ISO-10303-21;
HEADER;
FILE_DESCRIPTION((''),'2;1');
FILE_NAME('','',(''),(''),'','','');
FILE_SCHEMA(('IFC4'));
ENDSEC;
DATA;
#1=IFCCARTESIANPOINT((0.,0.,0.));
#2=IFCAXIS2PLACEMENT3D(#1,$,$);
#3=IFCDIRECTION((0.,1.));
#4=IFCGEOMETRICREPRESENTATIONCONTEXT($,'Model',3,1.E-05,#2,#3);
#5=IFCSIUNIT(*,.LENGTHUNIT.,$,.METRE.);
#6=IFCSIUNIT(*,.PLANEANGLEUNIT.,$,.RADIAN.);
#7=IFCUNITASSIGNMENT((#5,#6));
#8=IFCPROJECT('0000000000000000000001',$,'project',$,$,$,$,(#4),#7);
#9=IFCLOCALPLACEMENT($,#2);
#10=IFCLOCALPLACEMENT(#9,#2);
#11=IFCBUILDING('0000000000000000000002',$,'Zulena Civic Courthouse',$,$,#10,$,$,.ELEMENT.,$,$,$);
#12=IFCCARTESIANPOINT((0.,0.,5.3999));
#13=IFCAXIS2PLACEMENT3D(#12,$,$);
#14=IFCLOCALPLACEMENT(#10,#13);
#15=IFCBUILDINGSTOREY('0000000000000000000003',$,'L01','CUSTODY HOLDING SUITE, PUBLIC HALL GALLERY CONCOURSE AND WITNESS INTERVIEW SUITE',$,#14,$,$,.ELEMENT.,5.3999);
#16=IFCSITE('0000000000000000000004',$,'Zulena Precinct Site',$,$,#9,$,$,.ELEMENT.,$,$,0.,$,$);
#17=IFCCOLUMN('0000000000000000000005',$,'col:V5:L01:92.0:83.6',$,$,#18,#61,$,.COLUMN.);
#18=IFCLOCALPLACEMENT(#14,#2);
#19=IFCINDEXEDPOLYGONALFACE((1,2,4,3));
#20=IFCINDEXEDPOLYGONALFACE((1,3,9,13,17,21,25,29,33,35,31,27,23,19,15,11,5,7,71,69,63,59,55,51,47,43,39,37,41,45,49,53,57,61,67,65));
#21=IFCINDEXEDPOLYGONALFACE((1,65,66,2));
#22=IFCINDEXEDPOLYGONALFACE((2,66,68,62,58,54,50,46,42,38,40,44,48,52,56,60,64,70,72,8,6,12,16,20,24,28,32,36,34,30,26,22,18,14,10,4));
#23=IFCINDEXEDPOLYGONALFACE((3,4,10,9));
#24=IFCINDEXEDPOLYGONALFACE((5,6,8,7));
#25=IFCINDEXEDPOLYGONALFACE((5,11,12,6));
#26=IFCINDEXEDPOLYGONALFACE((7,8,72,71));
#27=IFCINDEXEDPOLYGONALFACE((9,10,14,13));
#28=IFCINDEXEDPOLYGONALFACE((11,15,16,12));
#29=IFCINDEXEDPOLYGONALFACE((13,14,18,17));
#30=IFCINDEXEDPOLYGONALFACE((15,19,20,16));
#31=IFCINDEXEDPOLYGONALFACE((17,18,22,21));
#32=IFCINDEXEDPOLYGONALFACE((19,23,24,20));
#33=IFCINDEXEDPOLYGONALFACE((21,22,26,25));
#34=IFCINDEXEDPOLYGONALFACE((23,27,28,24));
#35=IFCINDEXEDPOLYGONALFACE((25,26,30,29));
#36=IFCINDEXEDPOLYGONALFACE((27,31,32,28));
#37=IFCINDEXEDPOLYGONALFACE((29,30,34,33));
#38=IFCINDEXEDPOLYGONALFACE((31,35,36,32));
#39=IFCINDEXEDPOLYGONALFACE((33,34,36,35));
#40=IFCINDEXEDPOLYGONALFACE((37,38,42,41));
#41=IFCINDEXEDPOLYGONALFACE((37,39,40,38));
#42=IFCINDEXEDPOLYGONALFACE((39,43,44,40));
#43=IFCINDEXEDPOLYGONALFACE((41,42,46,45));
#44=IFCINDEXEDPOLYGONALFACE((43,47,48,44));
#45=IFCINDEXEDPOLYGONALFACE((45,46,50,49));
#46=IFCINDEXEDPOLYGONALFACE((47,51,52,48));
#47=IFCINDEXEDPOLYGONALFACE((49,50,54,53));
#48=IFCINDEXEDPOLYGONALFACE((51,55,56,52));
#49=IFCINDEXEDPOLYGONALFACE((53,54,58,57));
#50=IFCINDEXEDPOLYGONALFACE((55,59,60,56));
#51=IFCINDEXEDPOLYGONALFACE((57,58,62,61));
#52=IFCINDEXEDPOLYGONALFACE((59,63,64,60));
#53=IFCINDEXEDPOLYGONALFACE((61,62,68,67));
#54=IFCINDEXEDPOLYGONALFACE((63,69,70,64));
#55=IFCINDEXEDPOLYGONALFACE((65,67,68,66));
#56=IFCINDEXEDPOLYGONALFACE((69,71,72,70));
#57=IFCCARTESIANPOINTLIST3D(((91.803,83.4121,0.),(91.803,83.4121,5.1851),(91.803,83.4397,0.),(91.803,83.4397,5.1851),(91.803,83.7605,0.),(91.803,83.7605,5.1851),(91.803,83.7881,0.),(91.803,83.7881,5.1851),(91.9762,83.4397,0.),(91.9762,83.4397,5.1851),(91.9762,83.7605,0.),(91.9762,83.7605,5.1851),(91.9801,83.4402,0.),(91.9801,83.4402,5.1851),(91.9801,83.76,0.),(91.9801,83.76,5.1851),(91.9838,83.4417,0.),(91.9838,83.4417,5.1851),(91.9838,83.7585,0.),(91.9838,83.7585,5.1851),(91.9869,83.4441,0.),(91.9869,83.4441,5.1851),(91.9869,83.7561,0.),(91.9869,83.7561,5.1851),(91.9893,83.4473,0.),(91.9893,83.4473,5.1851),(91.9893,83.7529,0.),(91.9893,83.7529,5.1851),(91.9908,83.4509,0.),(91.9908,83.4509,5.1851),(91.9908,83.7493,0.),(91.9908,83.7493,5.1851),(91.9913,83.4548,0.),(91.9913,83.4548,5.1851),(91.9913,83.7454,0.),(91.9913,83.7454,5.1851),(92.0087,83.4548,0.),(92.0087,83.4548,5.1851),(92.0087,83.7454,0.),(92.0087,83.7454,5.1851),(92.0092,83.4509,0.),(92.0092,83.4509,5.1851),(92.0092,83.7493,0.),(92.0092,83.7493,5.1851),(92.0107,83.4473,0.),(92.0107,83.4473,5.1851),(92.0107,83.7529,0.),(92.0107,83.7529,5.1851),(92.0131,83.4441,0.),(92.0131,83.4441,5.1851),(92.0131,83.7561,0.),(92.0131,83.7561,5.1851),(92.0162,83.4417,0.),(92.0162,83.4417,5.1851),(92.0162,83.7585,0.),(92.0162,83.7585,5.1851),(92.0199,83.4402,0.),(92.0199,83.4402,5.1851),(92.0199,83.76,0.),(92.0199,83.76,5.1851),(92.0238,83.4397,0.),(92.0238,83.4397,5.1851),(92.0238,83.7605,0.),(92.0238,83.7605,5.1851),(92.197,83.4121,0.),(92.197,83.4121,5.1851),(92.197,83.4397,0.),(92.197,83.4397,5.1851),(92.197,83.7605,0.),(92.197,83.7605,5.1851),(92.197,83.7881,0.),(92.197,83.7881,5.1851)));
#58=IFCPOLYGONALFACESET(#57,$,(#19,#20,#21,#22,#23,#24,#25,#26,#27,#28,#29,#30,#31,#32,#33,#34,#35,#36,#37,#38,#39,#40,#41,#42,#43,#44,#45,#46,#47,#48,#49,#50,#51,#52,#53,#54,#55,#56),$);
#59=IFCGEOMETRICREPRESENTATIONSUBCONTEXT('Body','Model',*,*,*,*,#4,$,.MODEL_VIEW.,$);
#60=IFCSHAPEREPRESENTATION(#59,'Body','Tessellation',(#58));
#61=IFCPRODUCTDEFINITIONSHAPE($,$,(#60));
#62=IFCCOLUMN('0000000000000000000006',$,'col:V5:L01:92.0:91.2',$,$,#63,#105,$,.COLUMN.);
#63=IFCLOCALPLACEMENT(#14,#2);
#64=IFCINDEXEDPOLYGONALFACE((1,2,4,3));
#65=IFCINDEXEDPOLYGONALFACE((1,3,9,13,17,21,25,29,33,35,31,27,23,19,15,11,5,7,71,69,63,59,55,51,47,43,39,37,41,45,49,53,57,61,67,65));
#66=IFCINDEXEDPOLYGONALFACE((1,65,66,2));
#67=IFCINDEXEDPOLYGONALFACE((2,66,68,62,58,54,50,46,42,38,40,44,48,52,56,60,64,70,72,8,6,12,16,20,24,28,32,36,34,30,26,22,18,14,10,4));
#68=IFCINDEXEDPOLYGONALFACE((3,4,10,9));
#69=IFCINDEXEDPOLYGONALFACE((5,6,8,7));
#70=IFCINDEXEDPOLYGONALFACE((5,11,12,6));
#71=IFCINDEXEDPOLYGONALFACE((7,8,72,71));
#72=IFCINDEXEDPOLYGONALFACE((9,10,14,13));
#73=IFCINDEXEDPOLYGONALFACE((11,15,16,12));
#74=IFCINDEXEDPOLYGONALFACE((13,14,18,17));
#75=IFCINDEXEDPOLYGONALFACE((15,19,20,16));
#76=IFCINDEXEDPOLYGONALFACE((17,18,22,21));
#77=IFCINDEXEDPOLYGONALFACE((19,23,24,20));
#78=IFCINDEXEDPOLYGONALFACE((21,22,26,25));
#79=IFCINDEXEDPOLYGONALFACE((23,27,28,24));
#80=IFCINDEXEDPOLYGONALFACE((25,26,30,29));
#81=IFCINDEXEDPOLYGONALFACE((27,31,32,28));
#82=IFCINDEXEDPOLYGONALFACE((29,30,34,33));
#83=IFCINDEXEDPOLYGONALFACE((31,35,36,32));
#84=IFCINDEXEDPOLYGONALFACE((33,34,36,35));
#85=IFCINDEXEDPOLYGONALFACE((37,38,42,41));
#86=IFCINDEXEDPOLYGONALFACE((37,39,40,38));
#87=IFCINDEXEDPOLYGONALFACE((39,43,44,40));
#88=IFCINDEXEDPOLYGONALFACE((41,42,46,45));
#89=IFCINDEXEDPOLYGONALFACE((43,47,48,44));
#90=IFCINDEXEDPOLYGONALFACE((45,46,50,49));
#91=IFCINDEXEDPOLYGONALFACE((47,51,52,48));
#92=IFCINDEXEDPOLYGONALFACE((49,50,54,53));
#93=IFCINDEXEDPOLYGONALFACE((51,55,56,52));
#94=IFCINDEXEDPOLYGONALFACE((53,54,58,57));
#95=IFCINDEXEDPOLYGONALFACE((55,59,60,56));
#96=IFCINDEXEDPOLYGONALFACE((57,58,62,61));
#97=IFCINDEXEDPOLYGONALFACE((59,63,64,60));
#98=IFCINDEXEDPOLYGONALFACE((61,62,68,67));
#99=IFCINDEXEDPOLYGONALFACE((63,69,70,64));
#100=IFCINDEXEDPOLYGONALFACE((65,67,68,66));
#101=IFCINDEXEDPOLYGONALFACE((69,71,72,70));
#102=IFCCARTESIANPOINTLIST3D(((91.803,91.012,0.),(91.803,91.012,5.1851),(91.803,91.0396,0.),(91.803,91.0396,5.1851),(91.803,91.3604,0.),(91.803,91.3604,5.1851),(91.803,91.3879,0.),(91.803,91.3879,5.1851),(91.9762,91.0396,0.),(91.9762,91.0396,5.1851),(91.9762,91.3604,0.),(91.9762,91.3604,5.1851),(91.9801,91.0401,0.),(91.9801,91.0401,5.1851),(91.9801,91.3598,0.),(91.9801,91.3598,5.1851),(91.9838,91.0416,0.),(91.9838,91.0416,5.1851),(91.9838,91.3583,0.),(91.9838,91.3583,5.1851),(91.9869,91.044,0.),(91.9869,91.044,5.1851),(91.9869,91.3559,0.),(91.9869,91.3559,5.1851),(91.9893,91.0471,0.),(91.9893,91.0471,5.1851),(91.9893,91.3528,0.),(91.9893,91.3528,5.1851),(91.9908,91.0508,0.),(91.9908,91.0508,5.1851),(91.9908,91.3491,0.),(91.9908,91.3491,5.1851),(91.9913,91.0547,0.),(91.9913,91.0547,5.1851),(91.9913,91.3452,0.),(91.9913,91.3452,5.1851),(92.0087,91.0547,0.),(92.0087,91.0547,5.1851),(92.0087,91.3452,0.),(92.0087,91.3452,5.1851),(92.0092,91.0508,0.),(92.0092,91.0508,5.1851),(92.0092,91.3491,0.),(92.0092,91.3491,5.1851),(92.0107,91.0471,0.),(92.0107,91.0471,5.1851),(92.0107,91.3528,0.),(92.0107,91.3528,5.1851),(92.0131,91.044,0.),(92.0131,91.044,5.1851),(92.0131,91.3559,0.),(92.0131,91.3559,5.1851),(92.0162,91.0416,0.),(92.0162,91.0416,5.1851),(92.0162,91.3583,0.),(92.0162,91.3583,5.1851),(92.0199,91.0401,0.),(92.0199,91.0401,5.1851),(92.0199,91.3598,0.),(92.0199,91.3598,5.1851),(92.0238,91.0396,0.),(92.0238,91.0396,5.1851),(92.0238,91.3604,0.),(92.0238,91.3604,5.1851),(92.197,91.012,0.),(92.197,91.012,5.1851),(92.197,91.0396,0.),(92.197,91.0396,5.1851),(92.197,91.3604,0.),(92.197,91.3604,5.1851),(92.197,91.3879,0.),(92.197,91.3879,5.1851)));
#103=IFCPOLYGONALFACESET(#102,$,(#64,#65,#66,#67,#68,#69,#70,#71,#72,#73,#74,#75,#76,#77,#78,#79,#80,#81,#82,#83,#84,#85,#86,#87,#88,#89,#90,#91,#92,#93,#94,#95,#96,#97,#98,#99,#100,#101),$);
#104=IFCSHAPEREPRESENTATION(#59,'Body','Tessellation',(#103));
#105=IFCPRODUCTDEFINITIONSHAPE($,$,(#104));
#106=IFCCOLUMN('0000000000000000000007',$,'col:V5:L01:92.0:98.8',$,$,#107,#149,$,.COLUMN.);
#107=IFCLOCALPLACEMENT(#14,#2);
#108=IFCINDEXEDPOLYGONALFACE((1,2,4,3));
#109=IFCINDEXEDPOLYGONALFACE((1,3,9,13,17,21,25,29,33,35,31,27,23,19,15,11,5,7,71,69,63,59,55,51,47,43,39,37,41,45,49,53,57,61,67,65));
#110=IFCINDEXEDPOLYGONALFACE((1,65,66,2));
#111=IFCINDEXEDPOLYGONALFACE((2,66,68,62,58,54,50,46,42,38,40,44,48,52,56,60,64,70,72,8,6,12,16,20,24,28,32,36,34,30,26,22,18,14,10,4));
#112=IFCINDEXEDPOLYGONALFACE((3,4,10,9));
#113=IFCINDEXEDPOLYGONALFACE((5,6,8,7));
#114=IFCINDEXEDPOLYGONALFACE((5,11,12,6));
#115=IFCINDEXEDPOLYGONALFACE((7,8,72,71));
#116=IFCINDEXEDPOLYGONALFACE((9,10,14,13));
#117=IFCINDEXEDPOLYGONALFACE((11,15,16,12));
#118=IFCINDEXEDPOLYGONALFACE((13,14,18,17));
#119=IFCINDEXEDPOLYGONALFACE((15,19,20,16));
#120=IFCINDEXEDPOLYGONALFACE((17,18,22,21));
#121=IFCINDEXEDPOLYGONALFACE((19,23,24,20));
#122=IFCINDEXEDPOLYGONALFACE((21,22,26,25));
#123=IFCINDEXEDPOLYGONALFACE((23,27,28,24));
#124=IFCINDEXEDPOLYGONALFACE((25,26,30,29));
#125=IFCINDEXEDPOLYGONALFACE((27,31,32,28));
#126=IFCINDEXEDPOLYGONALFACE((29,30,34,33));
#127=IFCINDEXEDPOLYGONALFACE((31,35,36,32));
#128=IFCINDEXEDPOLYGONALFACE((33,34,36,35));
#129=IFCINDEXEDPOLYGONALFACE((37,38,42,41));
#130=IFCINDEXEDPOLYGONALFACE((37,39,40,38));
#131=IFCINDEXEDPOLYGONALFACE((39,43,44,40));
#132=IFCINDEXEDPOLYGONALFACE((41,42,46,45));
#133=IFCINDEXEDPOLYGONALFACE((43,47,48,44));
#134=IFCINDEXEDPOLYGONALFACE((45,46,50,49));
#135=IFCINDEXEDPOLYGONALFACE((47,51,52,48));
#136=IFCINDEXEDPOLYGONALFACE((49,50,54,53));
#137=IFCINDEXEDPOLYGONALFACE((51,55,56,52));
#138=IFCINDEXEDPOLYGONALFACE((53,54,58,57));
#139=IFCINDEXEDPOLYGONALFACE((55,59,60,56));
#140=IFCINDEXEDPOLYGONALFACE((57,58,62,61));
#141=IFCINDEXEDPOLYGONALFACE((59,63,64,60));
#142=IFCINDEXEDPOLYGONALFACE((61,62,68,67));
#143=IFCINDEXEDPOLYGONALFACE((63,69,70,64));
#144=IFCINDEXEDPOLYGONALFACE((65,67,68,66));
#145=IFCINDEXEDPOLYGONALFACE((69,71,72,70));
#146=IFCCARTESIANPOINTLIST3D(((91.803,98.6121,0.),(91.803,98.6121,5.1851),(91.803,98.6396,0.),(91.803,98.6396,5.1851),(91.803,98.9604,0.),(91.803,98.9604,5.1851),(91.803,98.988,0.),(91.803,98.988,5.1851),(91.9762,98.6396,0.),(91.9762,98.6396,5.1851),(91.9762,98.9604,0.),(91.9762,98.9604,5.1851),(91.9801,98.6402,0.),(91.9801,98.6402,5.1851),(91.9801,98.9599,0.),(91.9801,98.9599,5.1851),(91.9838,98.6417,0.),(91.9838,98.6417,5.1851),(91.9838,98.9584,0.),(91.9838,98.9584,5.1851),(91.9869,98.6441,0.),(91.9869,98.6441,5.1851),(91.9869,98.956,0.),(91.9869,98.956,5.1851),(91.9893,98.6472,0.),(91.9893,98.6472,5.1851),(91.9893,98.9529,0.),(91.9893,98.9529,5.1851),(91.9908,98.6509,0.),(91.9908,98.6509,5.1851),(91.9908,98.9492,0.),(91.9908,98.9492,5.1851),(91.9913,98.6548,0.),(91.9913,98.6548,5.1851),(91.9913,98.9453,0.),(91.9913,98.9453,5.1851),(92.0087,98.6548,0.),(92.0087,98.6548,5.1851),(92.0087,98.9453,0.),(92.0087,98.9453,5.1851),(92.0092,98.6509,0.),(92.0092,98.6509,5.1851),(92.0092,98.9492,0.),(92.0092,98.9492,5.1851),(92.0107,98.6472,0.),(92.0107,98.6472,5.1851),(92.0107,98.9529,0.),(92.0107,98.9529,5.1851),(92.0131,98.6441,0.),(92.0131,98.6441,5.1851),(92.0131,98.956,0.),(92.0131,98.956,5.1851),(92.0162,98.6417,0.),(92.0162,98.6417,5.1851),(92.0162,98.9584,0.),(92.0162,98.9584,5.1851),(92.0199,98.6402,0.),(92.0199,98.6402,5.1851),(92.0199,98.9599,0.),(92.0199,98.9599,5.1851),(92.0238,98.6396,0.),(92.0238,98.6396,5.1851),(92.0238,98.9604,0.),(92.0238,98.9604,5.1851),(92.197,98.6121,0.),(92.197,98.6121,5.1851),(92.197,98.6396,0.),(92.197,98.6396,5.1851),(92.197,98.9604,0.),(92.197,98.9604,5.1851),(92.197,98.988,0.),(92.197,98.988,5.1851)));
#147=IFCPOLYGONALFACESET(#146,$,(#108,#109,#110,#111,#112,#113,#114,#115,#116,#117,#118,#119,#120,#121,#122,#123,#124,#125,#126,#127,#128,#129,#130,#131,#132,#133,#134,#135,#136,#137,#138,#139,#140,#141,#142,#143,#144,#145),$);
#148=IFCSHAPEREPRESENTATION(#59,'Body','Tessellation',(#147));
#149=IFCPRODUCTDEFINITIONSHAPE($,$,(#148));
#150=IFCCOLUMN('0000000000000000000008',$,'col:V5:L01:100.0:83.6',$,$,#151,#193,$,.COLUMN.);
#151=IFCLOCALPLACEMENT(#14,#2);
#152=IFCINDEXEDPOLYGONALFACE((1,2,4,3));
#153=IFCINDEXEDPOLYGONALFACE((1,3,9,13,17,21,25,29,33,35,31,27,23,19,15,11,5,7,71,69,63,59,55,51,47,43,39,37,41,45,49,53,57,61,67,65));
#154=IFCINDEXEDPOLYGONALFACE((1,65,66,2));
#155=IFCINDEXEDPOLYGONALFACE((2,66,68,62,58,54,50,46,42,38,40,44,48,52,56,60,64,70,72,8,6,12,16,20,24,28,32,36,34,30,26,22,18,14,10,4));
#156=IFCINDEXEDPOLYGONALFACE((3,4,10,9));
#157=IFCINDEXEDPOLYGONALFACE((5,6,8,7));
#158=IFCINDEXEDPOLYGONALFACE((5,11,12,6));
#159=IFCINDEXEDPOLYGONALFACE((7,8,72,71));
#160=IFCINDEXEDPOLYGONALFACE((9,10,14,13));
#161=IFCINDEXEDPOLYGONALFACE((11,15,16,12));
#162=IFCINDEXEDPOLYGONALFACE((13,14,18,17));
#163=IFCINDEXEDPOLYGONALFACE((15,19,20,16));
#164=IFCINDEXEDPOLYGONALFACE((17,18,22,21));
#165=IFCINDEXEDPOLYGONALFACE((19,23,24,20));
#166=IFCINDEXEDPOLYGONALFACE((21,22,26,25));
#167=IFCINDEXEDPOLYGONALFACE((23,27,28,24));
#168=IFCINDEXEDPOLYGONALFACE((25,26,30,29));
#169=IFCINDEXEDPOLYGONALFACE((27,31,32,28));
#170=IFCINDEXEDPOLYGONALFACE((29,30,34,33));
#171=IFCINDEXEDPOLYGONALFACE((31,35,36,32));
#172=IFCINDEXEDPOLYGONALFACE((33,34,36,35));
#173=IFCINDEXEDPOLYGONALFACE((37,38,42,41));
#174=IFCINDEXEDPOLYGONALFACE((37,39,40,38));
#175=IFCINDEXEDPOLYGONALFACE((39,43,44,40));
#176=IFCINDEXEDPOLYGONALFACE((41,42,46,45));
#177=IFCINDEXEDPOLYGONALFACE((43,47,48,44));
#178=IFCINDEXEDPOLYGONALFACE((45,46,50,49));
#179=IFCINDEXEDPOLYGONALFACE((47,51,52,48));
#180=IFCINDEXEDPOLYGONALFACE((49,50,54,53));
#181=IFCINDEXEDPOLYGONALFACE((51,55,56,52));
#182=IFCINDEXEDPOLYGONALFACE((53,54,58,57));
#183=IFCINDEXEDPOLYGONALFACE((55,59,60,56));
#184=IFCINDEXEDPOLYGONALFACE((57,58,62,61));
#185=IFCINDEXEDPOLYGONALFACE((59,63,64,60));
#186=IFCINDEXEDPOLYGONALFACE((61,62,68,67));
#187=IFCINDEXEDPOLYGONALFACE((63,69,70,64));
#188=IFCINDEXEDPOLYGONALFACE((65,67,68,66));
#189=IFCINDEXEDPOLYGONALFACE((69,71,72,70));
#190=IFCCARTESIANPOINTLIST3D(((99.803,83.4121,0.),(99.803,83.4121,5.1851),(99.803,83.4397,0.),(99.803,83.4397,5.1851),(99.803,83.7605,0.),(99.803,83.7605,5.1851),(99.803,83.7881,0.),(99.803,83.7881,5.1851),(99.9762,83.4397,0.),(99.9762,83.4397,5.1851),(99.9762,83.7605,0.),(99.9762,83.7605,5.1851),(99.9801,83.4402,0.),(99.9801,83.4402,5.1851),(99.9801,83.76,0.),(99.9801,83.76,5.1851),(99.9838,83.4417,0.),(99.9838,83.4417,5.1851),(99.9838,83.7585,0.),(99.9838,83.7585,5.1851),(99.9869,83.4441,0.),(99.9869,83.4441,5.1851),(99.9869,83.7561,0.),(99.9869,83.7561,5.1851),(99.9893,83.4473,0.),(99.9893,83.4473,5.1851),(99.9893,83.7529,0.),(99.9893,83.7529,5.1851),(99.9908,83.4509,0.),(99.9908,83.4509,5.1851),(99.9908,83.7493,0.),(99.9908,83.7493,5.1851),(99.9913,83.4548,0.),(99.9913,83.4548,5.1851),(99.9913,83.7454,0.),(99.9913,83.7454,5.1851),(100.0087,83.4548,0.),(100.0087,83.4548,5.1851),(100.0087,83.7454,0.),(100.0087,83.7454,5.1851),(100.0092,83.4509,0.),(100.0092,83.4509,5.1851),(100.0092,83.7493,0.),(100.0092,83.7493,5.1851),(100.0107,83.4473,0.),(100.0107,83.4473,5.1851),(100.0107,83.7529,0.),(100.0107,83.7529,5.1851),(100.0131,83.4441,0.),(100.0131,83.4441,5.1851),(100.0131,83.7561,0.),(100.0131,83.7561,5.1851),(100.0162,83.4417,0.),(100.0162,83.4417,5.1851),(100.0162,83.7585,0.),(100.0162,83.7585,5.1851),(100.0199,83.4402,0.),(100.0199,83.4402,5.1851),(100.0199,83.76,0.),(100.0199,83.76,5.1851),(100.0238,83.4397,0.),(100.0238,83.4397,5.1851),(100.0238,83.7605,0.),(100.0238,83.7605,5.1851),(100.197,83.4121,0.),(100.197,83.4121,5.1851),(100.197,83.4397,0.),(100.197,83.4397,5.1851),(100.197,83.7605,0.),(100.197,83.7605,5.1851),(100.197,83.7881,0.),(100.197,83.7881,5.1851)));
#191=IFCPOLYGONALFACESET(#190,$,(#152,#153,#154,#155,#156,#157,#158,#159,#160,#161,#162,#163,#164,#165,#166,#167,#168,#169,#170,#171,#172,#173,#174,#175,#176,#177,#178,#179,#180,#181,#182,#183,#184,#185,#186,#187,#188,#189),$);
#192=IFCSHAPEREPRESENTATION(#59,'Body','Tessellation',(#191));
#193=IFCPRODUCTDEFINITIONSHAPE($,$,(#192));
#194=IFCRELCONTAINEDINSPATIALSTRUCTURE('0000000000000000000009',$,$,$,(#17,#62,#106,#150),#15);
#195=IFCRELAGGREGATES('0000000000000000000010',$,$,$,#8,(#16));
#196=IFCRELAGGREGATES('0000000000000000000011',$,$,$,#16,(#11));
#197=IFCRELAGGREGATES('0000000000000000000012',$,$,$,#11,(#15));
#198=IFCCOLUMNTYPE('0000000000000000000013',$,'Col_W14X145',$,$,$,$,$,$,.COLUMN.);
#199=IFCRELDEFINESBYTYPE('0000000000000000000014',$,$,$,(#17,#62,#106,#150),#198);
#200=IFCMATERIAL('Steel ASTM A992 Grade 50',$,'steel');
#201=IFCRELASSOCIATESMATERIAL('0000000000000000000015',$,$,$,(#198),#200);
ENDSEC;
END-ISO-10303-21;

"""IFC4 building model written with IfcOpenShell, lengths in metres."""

from ifc_helpers import new_model, si_unit, direction, frame, origin, origin_2d, place, context, subcontext, project, spatial, i_section, extrude, material, material_profile, profile_set, type_object, element, save


model = new_model("IFC4")

# Units and contexts
model_context = context("Model", 3, precision=1e-05, world=origin(), true_north=direction((0.0, 1.0)))
body_context = subcontext(model_context, "Body", "Model", "MODEL_VIEW")
ifc_project = project(units=[si_unit("LENGTHUNIT", "METRE"), si_unit("PLANEANGLEUNIT", "RADIAN")], contexts=[model_context])

# Site, building, storey
site_placement = place(None, origin())
site = spatial("IfcSite", under=ifc_project, at=site_placement, Name="Zulena Precinct Site", CompositionType="ELEMENT", RefElevation=0.0)
building_placement = place(site_placement, origin())
building = spatial("IfcBuilding", under=site, at=building_placement, Name="Zulena Civic Courthouse", CompositionType="ELEMENT")
storey_placement = place(building_placement, frame((0.0, 0.0, 5.3999)))
storey = spatial("IfcBuildingStorey", under=building, at=storey_placement, Name="L01", Description="CUSTODY HOLDING SUITE, PUBLIC HALL GALLERY CONCOURSE AND WITNESS INTERVIEW SUITE", CompositionType="ELEMENT", Elevation=5.3999)

# Columns
ifc_material_1 = material(Name="Steel ASTM A992 Grade 50", Category="steel")
ifc_material_profile_1 = material_profile(ifc_material_1, i_section(OverallWidth=0.394, OverallDepth=0.376, WebThickness=0.0173, FlangeThickness=0.0276, FilletRadius=0.0151, at=origin_2d()), Name="W14X145")
ifc_profile_set_1 = profile_set([ifc_material_profile_1], Name="Steel ASTM A992 Grade 50")
column_type_1 = type_object("IfcColumnType", Name="Col_W14X145", PredefinedType="COLUMN", material=ifc_profile_set_1)
for number, where, z_axis, x_axis, name in (
    (1, (92.0, 83.6001, 0.0), (0.0, 0.0, 1.0), (1.0, 0.0, 0.0), "col:V5:L01:92.0:83.6"),
    (2, (92.0, 91.2, 0.0), (0.0, 0.0, 1.0), (1.0, 0.0, 0.0), "col:V5:L01:92.0:91.2"),
    (3, (92.0, 98.8, 0.0), (0.0, 0.0, 1.0), (1.0, 0.0, 0.0), "col:V5:L01:92.0:98.8"),
    (4, (100.0, 83.6001, 0.0), (0.0, 0.0, 1.0), (1.0, 0.0, 0.0), "col:V5:L01:100.0:83.6"),
):
    element("IfcColumn", number, at=place(storey_placement, frame(where, z_axis=z_axis, x_axis=x_axis)), inside=storey, type_object=column_type_1, Name=name, PredefinedType="COLUMN", context=body_context, shape_type="SweptSolid", body=[
        extrude(i_section(OverallWidth=0.394, OverallDepth=0.376, WebThickness=0.0173, FlangeThickness=0.0276, FilletRadius=0.0151, at=origin_2d()), origin(), (0.0, 0.0, 1.0), 5.1851),
    ])

save(model, "model.ifc")
